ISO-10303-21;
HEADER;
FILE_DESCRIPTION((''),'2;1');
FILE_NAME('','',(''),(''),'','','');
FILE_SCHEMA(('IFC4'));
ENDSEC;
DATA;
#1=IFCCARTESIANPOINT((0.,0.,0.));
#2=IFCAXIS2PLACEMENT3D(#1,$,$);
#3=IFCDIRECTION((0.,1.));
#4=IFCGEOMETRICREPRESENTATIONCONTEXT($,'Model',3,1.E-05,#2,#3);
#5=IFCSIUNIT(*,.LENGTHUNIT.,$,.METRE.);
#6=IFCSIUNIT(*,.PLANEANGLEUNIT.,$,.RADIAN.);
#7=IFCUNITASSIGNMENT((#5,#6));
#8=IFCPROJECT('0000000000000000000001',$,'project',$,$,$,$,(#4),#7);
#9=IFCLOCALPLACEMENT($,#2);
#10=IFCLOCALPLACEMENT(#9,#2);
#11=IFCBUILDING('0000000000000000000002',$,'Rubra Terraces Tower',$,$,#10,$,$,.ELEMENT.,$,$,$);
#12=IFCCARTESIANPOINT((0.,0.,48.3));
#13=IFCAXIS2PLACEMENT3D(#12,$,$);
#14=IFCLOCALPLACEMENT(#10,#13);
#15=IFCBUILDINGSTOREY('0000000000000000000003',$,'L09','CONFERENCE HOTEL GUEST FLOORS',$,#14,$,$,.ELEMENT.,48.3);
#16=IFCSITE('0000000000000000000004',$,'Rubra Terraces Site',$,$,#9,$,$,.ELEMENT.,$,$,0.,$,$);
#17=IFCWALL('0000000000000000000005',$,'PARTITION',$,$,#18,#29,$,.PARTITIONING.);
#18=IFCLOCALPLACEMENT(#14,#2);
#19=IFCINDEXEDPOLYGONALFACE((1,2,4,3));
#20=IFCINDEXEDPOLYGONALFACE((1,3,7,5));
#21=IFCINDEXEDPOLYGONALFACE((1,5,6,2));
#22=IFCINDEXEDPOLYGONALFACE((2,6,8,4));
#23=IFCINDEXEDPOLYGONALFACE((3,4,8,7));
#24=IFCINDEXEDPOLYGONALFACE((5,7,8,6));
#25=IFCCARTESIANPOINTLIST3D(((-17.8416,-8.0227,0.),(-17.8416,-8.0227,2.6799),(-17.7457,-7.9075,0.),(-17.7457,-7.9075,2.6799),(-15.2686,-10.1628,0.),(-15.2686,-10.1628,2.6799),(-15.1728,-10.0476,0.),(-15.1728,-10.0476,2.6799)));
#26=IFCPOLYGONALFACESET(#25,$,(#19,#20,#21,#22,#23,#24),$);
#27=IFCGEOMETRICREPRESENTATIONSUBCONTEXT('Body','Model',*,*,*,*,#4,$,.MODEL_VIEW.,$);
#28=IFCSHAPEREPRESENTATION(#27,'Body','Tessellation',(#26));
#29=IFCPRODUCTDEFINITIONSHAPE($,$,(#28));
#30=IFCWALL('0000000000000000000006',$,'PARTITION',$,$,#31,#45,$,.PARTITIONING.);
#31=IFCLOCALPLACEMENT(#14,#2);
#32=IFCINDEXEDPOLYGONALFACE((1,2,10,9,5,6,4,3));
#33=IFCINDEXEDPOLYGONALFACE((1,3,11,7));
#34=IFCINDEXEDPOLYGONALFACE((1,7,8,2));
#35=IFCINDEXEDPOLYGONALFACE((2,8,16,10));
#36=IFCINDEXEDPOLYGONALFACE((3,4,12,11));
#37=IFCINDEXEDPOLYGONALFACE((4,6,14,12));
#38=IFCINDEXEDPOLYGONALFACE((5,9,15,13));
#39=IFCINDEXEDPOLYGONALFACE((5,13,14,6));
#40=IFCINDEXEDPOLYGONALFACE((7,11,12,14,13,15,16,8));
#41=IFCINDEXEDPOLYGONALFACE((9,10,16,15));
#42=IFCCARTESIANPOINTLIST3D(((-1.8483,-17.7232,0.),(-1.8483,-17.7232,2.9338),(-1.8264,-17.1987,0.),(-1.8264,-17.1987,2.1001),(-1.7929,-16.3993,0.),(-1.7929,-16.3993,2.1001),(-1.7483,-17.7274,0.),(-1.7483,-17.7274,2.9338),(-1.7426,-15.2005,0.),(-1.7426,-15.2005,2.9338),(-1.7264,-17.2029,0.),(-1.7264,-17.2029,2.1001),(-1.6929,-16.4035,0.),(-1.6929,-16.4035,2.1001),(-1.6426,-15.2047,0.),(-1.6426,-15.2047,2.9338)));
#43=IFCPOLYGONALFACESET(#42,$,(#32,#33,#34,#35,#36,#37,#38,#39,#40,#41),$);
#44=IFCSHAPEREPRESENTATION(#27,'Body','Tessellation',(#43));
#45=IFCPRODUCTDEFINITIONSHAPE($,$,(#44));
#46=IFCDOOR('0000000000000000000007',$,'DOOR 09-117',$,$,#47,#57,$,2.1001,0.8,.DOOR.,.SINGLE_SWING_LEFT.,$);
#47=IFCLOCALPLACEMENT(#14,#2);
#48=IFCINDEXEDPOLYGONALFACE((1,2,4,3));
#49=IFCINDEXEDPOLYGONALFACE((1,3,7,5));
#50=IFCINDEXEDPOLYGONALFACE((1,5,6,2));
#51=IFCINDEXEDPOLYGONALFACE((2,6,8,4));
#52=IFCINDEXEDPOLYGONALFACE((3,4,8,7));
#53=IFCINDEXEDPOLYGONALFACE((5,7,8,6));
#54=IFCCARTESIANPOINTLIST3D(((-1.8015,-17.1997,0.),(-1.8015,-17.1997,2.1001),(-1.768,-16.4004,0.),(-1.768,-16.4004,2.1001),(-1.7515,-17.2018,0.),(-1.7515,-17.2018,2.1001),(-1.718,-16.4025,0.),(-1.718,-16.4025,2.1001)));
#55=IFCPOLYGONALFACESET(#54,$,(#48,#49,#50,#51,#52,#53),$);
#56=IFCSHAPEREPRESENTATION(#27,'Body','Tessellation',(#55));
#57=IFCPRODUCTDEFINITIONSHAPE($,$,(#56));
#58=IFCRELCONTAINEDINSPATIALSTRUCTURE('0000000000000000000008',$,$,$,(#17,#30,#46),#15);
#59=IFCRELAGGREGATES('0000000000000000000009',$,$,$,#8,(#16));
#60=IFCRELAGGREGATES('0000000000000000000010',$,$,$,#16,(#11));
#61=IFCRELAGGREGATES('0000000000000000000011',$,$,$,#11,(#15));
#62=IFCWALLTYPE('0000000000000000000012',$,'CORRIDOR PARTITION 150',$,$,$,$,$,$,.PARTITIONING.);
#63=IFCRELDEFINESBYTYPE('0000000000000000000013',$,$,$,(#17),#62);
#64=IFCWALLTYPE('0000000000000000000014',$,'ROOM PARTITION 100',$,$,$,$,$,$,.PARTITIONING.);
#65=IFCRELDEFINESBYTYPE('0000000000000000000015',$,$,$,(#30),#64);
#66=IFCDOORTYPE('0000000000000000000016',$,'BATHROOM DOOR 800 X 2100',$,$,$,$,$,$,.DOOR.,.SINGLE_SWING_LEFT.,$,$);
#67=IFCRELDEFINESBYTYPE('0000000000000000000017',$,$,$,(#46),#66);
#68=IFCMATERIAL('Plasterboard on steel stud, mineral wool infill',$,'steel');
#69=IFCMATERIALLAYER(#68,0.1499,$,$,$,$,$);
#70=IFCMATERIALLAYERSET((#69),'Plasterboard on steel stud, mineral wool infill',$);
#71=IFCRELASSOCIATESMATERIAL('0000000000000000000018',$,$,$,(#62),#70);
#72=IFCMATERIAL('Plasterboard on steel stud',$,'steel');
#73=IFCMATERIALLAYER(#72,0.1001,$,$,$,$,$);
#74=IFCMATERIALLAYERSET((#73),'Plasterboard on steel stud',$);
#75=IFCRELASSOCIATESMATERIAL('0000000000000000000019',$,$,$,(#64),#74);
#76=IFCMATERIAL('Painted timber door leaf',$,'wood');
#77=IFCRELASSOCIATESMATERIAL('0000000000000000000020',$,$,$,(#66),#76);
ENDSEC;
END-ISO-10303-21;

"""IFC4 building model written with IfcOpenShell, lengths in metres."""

from ifc_helpers import new_model, si_unit, direction, frame, frame_2d, origin, place, context, subcontext, project, spatial, rectangle, extrude, material, layer, layer_set, type_object, element, fill, save


model = new_model("IFC4")

# Units and contexts
model_context = context("Model", 3, precision=1e-05, world=origin(), true_north=direction((0.0, 1.0)))
body_context = subcontext(model_context, "Body", "Model", "MODEL_VIEW")
ifc_project = project(units=[si_unit("LENGTHUNIT", "METRE"), si_unit("PLANEANGLEUNIT", "RADIAN")], contexts=[model_context])

# Site, building, storey
site_placement = place(None, origin())
site = spatial("IfcSite", under=ifc_project, at=site_placement, Name="Rubra Terraces Site", CompositionType="ELEMENT", RefElevation=0.0)
building_placement = place(site_placement, origin())
building = spatial("IfcBuilding", under=site, at=building_placement, Name="Rubra Terraces Tower", CompositionType="ELEMENT")
storey_placement = place(building_placement, frame((0.0, 0.0, 48.3)))
storey = spatial("IfcBuildingStorey", under=building, at=storey_placement, Name="L09", Description="CONFERENCE HOTEL GUEST FLOORS", CompositionType="ELEMENT", Elevation=48.3)

# Shared definitions
ifc_material_1 = material(Name="Plasterboard on steel stud, mineral wool infill", Category="steel")
ifc_layer_1 = layer(ifc_material_1, 0.1499)
ifc_layer_set_1 = layer_set([ifc_layer_1], Name="Plasterboard on steel stud, mineral wool infill")
wall_type_1 = type_object("IfcWallType", Name="CORRIDOR PARTITION 150", PredefinedType="PARTITIONING", material=ifc_layer_set_1)

# Wall
wall_1_placement = place(storey_placement, frame((-15.2207, -10.1052, 0.0), z_axis=(0.0, 0.0, 1.0), x_axis=(-0.768813, 0.639474, 0.0)))
element("IfcWall", 1, at=wall_1_placement, inside=storey, type_object=wall_type_1, Name="PARTITION", PredefinedType="PARTITIONING", context=body_context, shape_type="SweptSolid", body=[
    extrude(rectangle(XDim=3.3467, YDim=0.1499, at=frame_2d((1.6733, 0.0))), origin(), (0.0, 0.0, 1.0), 2.6799),
])

# Wall, opening, door
ifc_material_2 = material(Name="Plasterboard on steel stud", Category="steel")
ifc_layer_2 = layer(ifc_material_2, 0.1001)
ifc_layer_set_2 = layer_set([ifc_layer_2], Name="Plasterboard on steel stud")
wall_type_2 = type_object("IfcWallType", Name="ROOM PARTITION 100", PredefinedType="PARTITIONING", material=ifc_layer_set_2)
wall_2_placement = place(storey_placement, frame((-1.6926, -15.2026, 0.0), z_axis=(0.0, 0.0, 1.0), x_axis=(-0.041868, -0.999123, 0.0)))
wall_2 = element("IfcWall", 2, at=wall_2_placement, inside=storey, type_object=wall_type_2, Name="PARTITION", PredefinedType="PARTITIONING", context=body_context, shape_type="SweptSolid", body=[
    extrude(rectangle(XDim=2.5249, YDim=0.1001, at=frame_2d((1.2625, 0.0))), origin(), (0.0, 0.0, 1.0), 2.9338),
])
opening_1_placement = place(wall_2_placement, frame((1.2, 0.0, 0.0)))
opening_1 = element("IfcOpeningElement", 3, at=opening_1_placement, cuts=wall_2, PredefinedType="OPENING", context=body_context, shape_type="SweptSolid", body=[
    extrude(rectangle(XDim=0.8, YDim=2.1001, at=frame_2d((0.3999, 1.05))), frame((0.0, 0.0601, 0.0), z_axis=(0.0, -1.0, 0.0), x_axis=(1.0, 0.0, 0.0)), (0.0, 0.0, 1.0), 0.1201),
])
ifc_material_3 = material(Name="Painted timber door leaf", Category="wood")
door_type_1 = type_object("IfcDoorType", Name="BATHROOM DOOR 800 X 2100", OperationType="SINGLE_SWING_LEFT", PredefinedType="DOOR", material=ifc_material_3)
door_1_placement = place(opening_1_placement, origin())
door_1 = element("IfcDoor", 4, at=door_1_placement, inside=storey, type_object=door_type_1, Name="DOOR 09-117", OperationType="SINGLE_SWING_LEFT", OverallHeight=2.1001, OverallWidth=0.8, PredefinedType="DOOR", context=body_context, shape_type="SweptSolid", body=[
    extrude(rectangle(XDim=0.8, YDim=2.1001, at=frame_2d((0.3999, 1.05))), frame((0.0, 0.0249, 0.0), z_axis=(0.0, -1.0, 0.0), x_axis=(1.0, 0.0, 0.0)), (0.0, 0.0, 1.0), 0.05),
])
fill(opening_1, door_1)

save(model, "model.ifc")
